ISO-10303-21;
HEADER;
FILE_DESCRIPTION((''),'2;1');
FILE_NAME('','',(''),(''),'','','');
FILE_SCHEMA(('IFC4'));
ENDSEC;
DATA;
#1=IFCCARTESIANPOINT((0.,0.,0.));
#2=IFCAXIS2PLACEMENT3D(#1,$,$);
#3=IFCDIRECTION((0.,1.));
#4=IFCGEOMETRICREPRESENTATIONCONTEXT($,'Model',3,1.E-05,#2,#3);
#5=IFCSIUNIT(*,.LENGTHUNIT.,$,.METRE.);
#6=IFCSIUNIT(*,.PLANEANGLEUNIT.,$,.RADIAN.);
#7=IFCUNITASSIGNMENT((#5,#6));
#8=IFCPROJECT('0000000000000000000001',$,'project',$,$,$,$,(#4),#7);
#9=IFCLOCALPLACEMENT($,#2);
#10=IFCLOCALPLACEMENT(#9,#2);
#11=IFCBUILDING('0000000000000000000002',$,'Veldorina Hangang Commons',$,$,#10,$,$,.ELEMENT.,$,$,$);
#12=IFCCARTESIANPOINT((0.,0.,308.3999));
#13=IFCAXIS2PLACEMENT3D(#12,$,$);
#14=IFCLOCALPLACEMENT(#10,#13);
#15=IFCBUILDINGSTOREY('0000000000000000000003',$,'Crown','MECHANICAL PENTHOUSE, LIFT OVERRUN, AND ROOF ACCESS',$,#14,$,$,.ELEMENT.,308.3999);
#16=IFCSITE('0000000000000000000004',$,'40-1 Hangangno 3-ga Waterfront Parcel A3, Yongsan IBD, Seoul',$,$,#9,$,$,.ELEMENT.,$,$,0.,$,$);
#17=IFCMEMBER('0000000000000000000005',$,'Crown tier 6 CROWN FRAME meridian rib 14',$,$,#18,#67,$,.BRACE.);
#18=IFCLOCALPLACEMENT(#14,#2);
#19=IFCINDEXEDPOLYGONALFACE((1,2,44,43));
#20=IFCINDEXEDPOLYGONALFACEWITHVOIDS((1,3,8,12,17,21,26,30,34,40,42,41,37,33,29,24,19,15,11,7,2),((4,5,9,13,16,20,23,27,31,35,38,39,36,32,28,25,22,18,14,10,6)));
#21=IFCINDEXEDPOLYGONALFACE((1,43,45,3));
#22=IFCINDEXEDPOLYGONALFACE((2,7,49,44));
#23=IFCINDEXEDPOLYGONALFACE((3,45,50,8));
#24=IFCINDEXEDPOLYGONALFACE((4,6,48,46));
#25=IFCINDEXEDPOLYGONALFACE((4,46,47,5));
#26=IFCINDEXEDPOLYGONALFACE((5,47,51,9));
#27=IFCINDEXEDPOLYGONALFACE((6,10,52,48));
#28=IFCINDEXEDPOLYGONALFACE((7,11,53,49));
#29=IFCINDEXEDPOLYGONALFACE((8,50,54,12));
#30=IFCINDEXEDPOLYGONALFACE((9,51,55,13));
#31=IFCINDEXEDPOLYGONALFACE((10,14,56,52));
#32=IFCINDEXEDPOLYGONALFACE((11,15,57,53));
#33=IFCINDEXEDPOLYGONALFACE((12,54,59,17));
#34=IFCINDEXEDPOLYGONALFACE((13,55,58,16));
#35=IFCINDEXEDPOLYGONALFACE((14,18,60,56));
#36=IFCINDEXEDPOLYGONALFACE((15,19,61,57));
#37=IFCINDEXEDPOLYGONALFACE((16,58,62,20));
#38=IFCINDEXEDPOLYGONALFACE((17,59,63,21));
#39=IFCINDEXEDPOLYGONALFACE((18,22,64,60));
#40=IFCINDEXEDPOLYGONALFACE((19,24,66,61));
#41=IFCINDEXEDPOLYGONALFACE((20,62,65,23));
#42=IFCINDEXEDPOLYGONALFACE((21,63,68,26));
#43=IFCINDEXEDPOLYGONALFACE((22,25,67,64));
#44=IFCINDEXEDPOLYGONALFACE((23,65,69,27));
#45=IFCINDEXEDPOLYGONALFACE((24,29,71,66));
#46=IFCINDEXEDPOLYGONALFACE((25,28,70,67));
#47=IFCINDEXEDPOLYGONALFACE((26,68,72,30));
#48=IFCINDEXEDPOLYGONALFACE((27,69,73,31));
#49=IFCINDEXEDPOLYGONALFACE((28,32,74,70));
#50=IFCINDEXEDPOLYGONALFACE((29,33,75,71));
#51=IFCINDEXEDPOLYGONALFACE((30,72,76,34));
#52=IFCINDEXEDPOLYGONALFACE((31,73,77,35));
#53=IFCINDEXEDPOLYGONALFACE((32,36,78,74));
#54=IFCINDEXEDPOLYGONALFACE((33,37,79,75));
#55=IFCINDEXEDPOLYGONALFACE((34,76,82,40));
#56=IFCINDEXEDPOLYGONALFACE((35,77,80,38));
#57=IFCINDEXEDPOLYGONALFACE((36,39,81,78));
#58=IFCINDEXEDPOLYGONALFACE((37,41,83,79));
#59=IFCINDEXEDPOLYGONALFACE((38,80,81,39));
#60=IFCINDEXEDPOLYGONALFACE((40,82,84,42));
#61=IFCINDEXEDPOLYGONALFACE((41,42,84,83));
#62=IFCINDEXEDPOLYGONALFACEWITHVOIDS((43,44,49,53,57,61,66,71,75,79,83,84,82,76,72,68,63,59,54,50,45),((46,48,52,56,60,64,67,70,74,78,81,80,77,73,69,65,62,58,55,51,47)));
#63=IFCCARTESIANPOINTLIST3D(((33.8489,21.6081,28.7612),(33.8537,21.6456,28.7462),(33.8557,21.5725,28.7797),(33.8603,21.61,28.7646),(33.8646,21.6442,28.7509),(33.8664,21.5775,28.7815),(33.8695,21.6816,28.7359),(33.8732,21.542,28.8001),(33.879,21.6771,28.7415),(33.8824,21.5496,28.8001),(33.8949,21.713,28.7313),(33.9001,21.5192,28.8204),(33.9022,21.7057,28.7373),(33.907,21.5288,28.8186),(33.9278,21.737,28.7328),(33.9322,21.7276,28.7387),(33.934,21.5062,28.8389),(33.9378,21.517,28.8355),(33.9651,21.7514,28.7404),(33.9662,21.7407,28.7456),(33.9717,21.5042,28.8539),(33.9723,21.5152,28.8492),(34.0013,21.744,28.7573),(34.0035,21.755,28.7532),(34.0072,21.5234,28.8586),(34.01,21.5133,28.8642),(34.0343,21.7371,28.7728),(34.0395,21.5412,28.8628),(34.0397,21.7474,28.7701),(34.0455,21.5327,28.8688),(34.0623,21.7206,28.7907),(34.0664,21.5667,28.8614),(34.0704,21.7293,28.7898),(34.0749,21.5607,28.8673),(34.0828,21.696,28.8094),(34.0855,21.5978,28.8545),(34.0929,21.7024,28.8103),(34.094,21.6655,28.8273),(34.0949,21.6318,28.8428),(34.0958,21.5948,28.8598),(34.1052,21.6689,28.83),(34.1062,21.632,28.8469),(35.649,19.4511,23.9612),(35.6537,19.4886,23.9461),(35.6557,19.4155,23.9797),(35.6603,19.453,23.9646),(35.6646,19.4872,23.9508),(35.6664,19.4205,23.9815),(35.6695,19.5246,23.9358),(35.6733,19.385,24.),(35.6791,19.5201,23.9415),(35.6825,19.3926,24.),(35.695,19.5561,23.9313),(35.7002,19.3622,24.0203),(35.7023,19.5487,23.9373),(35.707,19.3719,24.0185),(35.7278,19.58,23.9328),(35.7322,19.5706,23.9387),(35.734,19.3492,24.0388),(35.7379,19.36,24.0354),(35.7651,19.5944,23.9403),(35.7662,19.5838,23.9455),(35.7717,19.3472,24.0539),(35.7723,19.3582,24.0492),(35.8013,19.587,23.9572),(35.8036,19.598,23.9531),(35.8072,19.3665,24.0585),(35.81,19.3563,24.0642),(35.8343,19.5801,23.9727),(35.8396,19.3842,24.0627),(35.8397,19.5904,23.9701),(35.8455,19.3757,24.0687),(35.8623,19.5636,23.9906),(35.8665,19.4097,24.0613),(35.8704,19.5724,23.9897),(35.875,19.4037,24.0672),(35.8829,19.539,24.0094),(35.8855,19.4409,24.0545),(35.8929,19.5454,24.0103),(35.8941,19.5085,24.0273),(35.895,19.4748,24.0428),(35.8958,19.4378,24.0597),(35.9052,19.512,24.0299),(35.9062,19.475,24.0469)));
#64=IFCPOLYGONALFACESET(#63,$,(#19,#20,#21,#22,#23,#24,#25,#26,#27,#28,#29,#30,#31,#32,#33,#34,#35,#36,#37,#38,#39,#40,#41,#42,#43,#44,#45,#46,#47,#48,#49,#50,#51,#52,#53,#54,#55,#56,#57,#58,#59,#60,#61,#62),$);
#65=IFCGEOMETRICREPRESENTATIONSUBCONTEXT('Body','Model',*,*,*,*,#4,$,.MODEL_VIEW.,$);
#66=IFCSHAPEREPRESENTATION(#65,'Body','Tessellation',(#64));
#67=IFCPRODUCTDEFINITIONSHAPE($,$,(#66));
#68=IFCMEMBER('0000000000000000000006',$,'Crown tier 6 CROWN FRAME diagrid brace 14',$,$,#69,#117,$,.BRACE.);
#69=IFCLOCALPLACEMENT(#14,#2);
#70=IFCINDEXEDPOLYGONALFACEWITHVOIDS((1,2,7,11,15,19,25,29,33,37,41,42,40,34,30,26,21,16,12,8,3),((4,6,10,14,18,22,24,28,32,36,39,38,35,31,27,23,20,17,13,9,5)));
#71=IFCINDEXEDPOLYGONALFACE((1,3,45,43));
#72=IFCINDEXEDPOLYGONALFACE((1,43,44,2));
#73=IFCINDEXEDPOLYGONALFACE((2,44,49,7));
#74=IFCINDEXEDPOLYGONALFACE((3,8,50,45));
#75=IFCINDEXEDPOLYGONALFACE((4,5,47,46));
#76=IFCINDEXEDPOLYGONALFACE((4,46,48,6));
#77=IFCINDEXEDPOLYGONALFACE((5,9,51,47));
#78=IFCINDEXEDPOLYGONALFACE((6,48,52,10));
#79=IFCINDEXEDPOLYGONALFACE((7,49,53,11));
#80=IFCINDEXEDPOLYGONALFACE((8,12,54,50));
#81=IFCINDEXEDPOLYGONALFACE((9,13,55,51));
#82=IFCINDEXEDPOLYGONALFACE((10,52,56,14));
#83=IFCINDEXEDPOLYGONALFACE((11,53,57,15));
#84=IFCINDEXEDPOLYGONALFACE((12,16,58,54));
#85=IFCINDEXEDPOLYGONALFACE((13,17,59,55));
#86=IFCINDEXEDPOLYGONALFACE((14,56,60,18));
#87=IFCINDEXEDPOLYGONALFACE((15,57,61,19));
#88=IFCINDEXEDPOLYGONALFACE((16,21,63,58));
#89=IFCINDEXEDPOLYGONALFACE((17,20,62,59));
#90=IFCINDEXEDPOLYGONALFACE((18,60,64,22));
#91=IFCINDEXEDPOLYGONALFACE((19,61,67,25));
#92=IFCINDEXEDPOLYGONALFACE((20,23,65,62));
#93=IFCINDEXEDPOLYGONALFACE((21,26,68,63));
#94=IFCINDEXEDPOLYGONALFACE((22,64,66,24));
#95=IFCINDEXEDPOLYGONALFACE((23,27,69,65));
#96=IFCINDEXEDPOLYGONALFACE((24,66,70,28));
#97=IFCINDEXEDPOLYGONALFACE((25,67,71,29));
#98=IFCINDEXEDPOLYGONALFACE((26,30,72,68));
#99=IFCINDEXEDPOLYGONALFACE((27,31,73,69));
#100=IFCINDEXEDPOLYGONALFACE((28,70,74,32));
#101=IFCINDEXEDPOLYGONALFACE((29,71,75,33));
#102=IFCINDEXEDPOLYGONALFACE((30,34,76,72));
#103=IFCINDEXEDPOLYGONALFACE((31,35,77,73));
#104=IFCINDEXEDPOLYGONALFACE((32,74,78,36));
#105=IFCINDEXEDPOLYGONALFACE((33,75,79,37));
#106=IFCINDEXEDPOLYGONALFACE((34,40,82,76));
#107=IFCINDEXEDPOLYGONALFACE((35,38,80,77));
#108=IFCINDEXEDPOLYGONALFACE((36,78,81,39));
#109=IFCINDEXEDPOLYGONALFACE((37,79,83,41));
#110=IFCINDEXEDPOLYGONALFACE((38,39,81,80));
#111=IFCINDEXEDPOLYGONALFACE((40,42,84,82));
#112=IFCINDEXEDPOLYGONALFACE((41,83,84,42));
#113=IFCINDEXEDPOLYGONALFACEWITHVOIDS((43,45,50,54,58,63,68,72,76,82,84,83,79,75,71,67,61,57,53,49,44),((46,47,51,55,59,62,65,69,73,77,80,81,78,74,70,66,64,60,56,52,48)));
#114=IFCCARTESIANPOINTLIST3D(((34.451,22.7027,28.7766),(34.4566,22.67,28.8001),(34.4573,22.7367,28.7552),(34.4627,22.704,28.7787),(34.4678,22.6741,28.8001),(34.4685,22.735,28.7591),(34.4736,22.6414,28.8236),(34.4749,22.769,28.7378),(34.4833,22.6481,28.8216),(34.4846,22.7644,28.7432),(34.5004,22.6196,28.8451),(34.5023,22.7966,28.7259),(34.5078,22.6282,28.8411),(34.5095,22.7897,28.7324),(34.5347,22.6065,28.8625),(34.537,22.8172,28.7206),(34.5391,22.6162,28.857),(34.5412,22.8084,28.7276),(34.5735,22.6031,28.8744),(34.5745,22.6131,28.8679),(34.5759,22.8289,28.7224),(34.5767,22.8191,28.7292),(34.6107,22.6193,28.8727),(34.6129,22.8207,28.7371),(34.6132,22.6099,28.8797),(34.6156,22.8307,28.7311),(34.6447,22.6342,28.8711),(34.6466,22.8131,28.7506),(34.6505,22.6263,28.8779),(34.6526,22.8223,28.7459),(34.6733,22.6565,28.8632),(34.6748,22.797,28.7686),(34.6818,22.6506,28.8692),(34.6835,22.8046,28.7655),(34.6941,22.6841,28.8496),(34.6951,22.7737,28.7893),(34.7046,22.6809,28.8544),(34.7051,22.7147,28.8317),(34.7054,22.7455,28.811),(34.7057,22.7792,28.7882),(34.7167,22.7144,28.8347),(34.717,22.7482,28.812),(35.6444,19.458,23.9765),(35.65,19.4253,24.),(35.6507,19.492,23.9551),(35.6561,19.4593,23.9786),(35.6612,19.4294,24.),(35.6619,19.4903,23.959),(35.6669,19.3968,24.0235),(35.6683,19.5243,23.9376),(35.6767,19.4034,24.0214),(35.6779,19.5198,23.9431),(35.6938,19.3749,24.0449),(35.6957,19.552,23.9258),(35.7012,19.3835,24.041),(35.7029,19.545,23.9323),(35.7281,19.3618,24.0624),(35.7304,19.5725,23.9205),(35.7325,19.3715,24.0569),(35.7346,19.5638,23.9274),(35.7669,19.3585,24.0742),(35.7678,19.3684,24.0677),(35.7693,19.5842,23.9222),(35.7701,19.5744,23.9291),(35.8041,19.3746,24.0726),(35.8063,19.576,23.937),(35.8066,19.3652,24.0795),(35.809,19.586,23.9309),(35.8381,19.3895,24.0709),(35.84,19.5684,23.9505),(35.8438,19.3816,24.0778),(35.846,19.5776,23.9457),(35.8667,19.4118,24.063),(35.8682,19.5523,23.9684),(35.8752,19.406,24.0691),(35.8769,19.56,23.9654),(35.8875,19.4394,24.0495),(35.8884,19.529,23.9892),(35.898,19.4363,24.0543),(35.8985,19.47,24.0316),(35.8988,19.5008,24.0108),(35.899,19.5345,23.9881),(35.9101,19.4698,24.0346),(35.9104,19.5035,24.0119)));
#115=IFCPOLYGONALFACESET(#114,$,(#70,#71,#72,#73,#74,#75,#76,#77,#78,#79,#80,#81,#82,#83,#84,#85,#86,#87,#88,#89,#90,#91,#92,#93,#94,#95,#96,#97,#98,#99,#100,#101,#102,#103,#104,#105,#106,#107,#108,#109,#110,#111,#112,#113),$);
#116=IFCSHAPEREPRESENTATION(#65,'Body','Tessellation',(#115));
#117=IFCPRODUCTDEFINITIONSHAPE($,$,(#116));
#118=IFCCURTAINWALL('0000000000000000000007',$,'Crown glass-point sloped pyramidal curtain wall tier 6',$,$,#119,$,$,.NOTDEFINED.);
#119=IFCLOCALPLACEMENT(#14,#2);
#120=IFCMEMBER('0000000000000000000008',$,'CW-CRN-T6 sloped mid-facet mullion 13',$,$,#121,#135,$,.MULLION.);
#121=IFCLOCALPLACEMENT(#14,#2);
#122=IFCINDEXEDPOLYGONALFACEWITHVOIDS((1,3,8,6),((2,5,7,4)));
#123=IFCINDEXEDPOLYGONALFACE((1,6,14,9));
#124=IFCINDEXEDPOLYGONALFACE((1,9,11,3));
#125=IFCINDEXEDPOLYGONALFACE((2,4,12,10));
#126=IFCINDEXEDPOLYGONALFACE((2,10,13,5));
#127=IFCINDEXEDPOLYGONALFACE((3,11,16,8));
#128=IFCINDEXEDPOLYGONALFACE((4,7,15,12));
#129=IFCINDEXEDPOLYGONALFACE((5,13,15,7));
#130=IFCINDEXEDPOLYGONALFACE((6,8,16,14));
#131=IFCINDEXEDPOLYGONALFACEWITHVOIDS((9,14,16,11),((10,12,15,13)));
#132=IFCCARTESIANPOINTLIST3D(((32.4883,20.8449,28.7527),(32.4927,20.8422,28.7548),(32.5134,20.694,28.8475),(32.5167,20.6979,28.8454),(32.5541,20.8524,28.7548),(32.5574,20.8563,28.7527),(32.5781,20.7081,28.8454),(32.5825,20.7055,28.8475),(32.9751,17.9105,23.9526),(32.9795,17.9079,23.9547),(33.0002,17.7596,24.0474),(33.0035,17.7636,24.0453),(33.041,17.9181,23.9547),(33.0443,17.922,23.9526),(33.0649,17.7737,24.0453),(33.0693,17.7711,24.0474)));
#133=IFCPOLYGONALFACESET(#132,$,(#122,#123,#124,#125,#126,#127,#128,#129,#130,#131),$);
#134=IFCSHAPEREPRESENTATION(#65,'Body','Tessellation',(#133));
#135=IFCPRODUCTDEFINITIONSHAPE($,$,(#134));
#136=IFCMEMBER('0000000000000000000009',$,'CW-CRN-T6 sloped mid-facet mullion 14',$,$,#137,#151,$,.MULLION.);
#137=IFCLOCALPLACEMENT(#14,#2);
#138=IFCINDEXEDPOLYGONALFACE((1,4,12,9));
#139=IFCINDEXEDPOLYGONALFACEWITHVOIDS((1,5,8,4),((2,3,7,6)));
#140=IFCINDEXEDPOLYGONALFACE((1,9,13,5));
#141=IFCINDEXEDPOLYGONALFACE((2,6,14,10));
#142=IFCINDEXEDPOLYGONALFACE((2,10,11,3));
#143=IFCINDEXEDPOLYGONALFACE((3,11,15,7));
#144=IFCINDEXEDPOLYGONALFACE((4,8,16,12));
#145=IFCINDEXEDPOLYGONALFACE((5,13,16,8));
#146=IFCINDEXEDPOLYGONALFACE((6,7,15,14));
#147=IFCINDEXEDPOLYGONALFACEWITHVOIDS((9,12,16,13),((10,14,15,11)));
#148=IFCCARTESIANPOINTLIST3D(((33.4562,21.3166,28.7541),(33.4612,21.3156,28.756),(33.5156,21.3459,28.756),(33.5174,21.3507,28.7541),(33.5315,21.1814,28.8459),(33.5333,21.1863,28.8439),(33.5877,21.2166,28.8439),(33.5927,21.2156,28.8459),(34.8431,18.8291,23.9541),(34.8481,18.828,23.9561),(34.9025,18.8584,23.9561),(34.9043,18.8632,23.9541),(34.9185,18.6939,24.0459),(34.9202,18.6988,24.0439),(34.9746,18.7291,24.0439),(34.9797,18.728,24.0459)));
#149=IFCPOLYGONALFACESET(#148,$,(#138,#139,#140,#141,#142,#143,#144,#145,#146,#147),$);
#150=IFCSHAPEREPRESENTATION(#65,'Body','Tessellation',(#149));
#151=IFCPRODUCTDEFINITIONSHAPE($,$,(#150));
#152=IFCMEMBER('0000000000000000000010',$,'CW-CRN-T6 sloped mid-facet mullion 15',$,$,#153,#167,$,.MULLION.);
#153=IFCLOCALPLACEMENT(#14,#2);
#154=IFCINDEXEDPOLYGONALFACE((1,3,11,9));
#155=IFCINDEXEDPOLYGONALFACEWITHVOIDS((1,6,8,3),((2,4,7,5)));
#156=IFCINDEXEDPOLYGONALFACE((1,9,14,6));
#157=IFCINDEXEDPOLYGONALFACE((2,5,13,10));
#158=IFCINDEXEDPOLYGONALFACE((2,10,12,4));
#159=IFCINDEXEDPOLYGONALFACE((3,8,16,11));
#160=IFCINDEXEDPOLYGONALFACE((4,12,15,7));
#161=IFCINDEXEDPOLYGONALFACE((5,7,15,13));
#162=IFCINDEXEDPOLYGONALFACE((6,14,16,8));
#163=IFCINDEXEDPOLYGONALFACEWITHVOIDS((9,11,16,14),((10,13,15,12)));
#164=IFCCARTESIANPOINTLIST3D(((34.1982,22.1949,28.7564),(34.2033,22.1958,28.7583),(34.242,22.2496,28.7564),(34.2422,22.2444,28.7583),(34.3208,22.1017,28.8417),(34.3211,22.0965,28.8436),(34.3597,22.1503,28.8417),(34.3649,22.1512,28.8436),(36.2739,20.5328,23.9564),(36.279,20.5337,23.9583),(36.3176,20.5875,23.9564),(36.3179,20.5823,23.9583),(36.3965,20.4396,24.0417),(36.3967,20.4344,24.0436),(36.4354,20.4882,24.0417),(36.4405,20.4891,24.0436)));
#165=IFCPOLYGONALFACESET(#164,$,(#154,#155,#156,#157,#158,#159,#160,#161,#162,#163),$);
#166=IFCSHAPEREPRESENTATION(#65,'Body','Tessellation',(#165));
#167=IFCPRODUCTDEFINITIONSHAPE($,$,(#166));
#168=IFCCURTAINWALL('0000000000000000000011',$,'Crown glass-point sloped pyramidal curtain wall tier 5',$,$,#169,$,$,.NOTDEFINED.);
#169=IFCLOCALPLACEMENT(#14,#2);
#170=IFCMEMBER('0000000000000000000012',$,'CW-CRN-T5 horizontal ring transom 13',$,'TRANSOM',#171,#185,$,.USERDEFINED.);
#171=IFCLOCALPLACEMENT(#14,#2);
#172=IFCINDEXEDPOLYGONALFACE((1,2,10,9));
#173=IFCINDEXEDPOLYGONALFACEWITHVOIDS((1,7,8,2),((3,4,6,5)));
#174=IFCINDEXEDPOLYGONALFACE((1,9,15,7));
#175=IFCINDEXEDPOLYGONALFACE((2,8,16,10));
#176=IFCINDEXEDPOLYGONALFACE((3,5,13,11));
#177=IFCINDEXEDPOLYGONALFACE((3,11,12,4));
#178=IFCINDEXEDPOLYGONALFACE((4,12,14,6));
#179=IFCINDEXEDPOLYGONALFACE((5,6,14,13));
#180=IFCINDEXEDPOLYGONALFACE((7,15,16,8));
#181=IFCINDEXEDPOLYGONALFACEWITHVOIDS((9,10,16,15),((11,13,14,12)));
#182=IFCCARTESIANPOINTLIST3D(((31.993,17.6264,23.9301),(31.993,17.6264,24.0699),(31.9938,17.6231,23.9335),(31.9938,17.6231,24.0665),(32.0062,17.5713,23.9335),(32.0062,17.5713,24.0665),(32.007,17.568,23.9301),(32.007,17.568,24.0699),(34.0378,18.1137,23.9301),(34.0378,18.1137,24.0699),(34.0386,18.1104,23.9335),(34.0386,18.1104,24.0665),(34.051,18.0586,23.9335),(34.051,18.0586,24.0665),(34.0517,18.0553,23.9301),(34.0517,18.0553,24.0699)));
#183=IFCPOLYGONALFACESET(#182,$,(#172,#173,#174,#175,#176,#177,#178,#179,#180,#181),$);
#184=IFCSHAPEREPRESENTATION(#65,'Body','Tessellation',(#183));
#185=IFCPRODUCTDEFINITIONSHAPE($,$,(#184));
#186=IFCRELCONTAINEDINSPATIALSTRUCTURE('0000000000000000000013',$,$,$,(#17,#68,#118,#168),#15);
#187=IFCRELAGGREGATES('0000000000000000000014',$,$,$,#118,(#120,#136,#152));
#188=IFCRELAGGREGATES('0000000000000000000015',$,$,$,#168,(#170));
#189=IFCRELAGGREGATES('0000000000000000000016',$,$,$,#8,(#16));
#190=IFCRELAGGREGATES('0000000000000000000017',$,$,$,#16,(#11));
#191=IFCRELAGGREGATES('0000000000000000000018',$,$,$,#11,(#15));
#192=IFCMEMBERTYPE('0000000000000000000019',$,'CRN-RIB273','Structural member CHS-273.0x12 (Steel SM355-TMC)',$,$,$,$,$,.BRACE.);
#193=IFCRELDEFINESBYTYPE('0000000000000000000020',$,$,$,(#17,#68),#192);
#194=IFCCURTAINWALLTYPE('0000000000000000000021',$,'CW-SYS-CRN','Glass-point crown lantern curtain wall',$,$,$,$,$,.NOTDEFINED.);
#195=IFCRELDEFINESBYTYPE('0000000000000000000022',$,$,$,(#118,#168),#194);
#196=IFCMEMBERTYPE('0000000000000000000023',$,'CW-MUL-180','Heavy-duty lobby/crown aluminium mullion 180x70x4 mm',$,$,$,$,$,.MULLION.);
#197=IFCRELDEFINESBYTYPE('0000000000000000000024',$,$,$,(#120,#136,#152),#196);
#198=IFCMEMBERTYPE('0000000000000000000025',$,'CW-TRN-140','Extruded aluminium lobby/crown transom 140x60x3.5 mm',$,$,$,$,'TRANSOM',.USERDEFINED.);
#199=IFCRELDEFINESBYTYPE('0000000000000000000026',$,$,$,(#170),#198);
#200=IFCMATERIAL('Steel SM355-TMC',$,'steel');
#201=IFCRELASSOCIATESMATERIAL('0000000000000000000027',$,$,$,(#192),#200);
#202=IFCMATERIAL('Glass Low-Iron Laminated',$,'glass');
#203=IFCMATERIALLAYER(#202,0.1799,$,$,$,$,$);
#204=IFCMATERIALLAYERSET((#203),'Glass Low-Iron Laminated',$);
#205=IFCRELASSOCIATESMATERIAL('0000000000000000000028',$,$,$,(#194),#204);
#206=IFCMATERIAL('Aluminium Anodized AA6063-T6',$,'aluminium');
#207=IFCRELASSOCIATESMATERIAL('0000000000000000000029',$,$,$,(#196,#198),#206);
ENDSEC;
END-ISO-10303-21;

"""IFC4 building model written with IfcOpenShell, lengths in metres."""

from ifc_helpers import new_model, si_unit, direction, frame, origin, origin_2d, place, context, subcontext, project, spatial, hollow_rectangle, hollow_circle, extrude, material, layer, layer_set, material_profile, profile_set, type_object, element, aggregate, save


model = new_model("IFC4")

# Units and contexts
model_context = context("Model", 3, precision=1e-05, world=origin(), true_north=direction((0.0, 1.0)))
body_context = subcontext(model_context, "Body", "Model", "MODEL_VIEW")
ifc_project = project(units=[si_unit("LENGTHUNIT", "METRE"), si_unit("PLANEANGLEUNIT", "RADIAN")], contexts=[model_context])

# Site, building, storey
site_placement = place(None, origin())
site = spatial("IfcSite", under=ifc_project, at=site_placement, Name="40-1 Hangangno 3-ga Waterfront Parcel A3, Yongsan IBD, Seoul", CompositionType="ELEMENT", RefElevation=0.0)
building_placement = place(site_placement, origin())
building = spatial("IfcBuilding", under=site, at=building_placement, Name="Veldorina Hangang Commons", CompositionType="ELEMENT")
storey_placement = place(building_placement, frame((0.0, 0.0, 308.3999)))
storey = spatial("IfcBuildingStorey", under=building, at=storey_placement, Name="Crown", Description="MECHANICAL PENTHOUSE, LIFT OVERRUN, AND ROOF ACCESS", CompositionType="ELEMENT", Elevation=308.3999)

# Members
ifc_material_1 = material(Name="Steel SM355-TMC", Category="steel")
ifc_material_profile_1 = material_profile(ifc_material_1, hollow_circle(Radius=0.1365, WallThickness=0.012, at=origin_2d()), Name="CHS-273.0x12")
ifc_profile_set_1 = profile_set([ifc_material_profile_1], Name="Steel SM355-TMC")
member_type_1 = type_object("IfcMemberType", Name="CRN-RIB273", Description="Structural member CHS-273.0x12 (Steel SM355-TMC)", PredefinedType="BRACE", material=ifc_profile_set_1)
member_1_placement = place(storey_placement, frame((35.7781, 19.4724, 24.0), z_axis=(-0.323647, 0.387823, 0.863044), x_axis=(-0.767772, -0.640723, 0.0)))
element("IfcMember", 1, at=member_1_placement, inside=storey, type_object=member_type_1, Name="Crown tier 6 CROWN FRAME meridian rib 14", PredefinedType="BRACE", context=body_context, shape_type="SweptSolid", body=[
    extrude(hollow_circle(Radius=0.1365, WallThickness=0.012, at=origin_2d()), origin(), (0.0, 0.0, 1.0), 5.5618),
])
member_2_placement = place(storey_placement, frame((35.7781, 19.4724, 24.0), z_axis=(-0.201737, 0.548504, 0.811447), x_axis=(-0.938533, -0.345188, 0.0)))
element("IfcMember", 2, at=member_2_placement, inside=storey, type_object=member_type_1, Name="Crown tier 6 CROWN FRAME diagrid brace 14", PredefinedType="BRACE", context=body_context, shape_type="SweptSolid", body=[
    extrude(hollow_circle(Radius=0.1365, WallThickness=0.012, at=origin_2d()), origin(), (0.0, 0.0, 1.0), 5.9155),
])

# Curtain walls, members
ifc_material_2 = material(Name="Glass Low-Iron Laminated", Category="glass")
ifc_layer_1 = layer(ifc_material_2, 0.1799)
ifc_layer_set_1 = layer_set([ifc_layer_1], Name="Glass Low-Iron Laminated")
curtain_wall_type = type_object("IfcCurtainWallType", Name="CW-SYS-CRN", Description="Glass-point crown lantern curtain wall", PredefinedType="NOTDEFINED", material=ifc_layer_set_1)
curtain_wall_1_placement = place(storey_placement, origin())
curtain_wall_1 = element("IfcCurtainWall", 3, at=curtain_wall_1_placement, inside=storey, type_object=curtain_wall_type, Name="Crown glass-point sloped pyramidal curtain wall tier 6", PredefinedType="NOTDEFINED")
ifc_material_3 = material(Name="Aluminium Anodized AA6063-T6", Category="aluminium")
ifc_material_profile_2 = material_profile(ifc_material_3, hollow_rectangle(XDim=0.0701, YDim=0.1799, WallThickness=0.0039, at=origin_2d()), Name="ALU-RHS-180x70x4")
ifc_profile_set_2 = profile_set([ifc_material_profile_2], Name="Aluminium Anodized AA6063-T6")
member_type_2 = type_object("IfcMemberType", Name="CW-MUL-180", Description="Heavy-duty lobby/crown aluminium mullion 180x70x4 mm", PredefinedType="MULLION", material=ifc_profile_set_2)
member_3_placement = place(storey_placement, frame((33.0222, 17.8408, 24.0), z_axis=(-0.086209, 0.519633, 0.850029), x_axis=(-0.986516, -0.163667, 0.0)))
member_3 = element("IfcMember", 4, at=member_3_placement, type_object=member_type_2, Name="CW-CRN-T6 sloped mid-facet mullion 13", PredefinedType="MULLION", context=body_context, shape_type="SweptSolid", body=[
    extrude(hollow_rectangle(XDim=0.0701, YDim=0.1799, WallThickness=0.0039, at=origin_2d()), origin(), (0.0, 0.0, 1.0), 5.647),
])
member_4_placement = place(storey_placement, frame((34.9114, 18.7786, 24.0), z_axis=(-0.248497, 0.445685, 0.860008), x_axis=(-0.873412, -0.486982, 0.0)))
member_4 = element("IfcMember", 5, at=member_4_placement, type_object=member_type_2, Name="CW-CRN-T6 sloped mid-facet mullion 14", PredefinedType="MULLION", context=body_context, shape_type="SweptSolid", body=[
    extrude(hollow_rectangle(XDim=0.0701, YDim=0.1799, WallThickness=0.0039, at=origin_2d()), origin(), (0.0, 0.0, 1.0), 5.5813),
])
member_5_placement = place(storey_placement, frame((36.3572, 20.511, 24.0), z_axis=(-0.378264, 0.302896, 0.87474), x_axis=(-0.625053, -0.780582, 0.0)))
member_5 = element("IfcMember", 6, at=member_5_placement, type_object=member_type_2, Name="CW-CRN-T6 sloped mid-facet mullion 15", PredefinedType="MULLION", context=body_context, shape_type="SweptSolid", body=[
    extrude(hollow_rectangle(XDim=0.0701, YDim=0.1799, WallThickness=0.0039, at=origin_2d()), origin(), (0.0, 0.0, 1.0), 5.4873),
])
aggregate(curtain_wall_1, [member_3, member_4, member_5])
curtain_wall_2_placement = place(storey_placement, origin())
curtain_wall_2 = element("IfcCurtainWall", 7, at=curtain_wall_2_placement, inside=storey, type_object=curtain_wall_type, Name="Crown glass-point sloped pyramidal curtain wall tier 5", PredefinedType="NOTDEFINED")
ifc_material_profile_3 = material_profile(ifc_material_3, hollow_rectangle(XDim=0.0601, YDim=0.1399, WallThickness=0.0034, at=origin_2d()), Name="ALU-RHS-140x60x3.5")
ifc_profile_set_3 = profile_set([ifc_material_profile_3], Name="Aluminium Anodized AA6063-T6")
member_type_3 = type_object("IfcMemberType", Name="CW-TRN-140", Description="Extruded aluminium lobby/crown transom 140x60x3.5 mm", ElementType="TRANSOM", PredefinedType="USERDEFINED", material=ifc_profile_set_3)
member_6_placement = place(storey_placement, frame((32.0, 17.5972, 24.0), z_axis=(0.972755, 0.231835, 0.0), x_axis=(-0.231835, 0.972755, 0.0)))
member_6 = element("IfcMember", 8, at=member_6_placement, type_object=member_type_3, Name="CW-CRN-T5 horizontal ring transom 13", ObjectType="TRANSOM", PredefinedType="USERDEFINED", context=body_context, shape_type="SweptSolid", body=[
    extrude(hollow_rectangle(XDim=0.0601, YDim=0.1399, WallThickness=0.0034, at=origin_2d()), origin(), (0.0, 0.0, 1.0), 2.1021),
])
aggregate(curtain_wall_2, [member_6])

save(model, "model.ifc")
